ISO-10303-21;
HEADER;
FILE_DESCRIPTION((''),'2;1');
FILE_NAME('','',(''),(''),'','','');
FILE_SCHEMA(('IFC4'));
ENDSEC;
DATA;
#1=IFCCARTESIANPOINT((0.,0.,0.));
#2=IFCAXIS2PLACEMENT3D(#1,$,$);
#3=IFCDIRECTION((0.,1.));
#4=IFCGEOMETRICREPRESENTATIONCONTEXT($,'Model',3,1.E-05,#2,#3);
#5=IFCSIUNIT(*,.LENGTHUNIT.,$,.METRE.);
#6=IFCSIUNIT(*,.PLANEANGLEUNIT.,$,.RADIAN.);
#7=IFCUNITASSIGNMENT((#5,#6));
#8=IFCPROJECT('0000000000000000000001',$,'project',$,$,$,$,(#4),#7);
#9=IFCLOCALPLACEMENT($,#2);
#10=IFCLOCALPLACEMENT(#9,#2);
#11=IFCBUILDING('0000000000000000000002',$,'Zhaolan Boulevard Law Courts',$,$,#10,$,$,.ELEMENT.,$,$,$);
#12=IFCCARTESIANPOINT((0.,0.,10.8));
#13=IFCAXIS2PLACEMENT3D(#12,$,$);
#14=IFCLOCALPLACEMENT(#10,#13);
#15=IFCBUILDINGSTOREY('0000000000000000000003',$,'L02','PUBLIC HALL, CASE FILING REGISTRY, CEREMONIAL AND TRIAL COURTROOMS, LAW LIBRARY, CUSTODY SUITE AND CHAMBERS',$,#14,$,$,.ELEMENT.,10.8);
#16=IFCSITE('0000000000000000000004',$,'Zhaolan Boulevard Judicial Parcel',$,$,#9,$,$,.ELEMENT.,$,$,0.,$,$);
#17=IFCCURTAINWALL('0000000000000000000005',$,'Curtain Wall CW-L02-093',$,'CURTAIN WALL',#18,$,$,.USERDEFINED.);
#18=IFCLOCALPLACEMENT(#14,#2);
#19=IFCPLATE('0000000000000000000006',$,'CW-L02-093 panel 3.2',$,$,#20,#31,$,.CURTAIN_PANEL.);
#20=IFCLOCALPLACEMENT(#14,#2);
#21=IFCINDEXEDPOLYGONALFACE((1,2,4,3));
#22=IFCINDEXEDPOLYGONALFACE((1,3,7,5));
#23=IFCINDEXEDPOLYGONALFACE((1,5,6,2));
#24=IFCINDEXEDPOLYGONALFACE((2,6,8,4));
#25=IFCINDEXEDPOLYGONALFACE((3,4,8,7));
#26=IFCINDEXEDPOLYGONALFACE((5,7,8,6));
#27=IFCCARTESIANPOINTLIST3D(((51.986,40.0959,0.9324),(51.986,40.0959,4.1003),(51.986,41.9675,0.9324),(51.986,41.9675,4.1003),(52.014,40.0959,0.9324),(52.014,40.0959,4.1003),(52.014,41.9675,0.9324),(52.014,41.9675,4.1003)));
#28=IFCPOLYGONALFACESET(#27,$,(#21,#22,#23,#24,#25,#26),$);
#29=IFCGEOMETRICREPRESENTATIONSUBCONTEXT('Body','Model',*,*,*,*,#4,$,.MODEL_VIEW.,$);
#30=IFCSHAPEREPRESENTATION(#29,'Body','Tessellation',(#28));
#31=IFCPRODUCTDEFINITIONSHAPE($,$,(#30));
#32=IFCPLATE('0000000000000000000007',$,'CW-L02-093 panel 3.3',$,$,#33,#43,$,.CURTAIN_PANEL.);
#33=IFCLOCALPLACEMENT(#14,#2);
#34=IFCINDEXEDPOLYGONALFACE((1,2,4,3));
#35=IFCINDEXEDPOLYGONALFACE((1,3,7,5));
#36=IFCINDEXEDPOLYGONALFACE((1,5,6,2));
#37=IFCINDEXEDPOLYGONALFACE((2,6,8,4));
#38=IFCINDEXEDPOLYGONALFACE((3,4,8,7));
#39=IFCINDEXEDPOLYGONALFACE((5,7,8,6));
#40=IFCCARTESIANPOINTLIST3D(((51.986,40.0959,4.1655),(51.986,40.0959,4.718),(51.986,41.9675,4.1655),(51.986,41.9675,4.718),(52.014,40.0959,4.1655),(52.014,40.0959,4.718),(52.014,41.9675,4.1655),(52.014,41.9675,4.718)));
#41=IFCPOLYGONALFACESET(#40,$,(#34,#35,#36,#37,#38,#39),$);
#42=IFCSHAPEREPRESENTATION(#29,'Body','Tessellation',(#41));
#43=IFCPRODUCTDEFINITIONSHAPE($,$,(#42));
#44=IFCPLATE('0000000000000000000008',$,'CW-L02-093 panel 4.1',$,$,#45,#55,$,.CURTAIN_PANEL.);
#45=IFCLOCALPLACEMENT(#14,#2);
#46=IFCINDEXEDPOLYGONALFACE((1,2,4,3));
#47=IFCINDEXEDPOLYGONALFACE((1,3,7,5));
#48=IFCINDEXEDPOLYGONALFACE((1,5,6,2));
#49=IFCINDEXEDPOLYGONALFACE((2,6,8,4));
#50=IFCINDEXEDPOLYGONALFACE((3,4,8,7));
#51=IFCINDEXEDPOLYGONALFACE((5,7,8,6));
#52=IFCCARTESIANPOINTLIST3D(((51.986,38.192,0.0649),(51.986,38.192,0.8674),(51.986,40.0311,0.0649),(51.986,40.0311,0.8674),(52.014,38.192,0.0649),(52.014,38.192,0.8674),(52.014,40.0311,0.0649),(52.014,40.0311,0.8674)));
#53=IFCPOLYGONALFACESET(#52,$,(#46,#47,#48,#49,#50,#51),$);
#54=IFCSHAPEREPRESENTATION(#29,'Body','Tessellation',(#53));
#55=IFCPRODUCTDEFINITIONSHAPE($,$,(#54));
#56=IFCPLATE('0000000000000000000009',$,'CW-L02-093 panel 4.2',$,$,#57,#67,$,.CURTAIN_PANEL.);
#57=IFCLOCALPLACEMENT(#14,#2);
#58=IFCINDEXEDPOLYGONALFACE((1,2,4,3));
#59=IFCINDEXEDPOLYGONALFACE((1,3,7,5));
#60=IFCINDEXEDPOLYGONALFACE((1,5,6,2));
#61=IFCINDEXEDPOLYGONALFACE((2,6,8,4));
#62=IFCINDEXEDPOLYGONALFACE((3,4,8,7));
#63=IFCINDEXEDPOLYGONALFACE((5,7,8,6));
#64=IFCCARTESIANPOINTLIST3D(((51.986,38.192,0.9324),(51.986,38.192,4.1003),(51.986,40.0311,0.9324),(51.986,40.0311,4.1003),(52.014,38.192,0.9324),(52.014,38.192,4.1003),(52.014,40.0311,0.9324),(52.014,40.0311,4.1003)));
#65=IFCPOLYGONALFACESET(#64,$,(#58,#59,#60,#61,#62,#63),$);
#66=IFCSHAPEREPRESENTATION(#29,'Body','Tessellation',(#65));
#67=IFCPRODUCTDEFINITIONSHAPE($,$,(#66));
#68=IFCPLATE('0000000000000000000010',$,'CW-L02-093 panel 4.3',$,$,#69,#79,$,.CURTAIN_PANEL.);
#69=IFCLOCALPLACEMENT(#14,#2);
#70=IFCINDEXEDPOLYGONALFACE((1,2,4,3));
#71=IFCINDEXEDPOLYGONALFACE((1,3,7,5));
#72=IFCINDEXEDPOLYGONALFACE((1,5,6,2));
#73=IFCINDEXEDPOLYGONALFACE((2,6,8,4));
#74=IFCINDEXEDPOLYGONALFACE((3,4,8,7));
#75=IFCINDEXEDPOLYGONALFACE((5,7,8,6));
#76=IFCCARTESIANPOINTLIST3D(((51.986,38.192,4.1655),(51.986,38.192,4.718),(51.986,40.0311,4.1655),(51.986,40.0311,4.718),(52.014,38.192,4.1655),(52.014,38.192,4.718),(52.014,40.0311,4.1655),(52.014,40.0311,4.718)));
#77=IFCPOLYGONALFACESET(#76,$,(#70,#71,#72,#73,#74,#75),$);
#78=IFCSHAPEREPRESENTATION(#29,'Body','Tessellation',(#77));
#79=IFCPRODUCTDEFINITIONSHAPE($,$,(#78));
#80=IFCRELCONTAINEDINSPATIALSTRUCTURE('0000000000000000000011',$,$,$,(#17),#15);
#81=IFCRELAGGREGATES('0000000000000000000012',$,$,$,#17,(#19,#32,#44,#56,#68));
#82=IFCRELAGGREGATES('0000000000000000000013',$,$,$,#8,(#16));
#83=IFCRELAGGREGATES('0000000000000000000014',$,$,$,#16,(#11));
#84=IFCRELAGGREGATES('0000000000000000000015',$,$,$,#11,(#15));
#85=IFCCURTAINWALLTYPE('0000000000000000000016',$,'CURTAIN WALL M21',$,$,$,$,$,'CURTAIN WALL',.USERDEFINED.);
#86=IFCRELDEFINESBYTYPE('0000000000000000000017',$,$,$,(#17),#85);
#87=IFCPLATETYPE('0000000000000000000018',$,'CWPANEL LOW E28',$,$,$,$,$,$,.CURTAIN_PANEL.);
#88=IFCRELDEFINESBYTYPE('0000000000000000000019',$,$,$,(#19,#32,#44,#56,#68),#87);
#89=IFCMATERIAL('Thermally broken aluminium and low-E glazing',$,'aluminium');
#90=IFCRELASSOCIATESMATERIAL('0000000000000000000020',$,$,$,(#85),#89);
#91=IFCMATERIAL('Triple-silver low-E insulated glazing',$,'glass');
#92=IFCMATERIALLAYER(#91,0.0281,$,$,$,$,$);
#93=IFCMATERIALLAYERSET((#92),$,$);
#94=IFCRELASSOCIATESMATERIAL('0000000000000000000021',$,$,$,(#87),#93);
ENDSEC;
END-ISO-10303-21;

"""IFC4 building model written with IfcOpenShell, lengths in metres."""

from ifc_helpers import new_model, si_unit, direction, frame, origin, origin_2d, place, context, subcontext, project, spatial, rectangle, extrude, material, layer, layer_set, type_object, element, aggregate, save


model = new_model("IFC4")

# Units and contexts
model_context = context("Model", 3, precision=1e-05, world=origin(), true_north=direction((0.0, 1.0)))
body_context = subcontext(model_context, "Body", "Model", "MODEL_VIEW")
ifc_project = project(units=[si_unit("LENGTHUNIT", "METRE"), si_unit("PLANEANGLEUNIT", "RADIAN")], contexts=[model_context])

# Site, building, storey
site_placement = place(None, origin())
site = spatial("IfcSite", under=ifc_project, at=site_placement, Name="Zhaolan Boulevard Judicial Parcel", CompositionType="ELEMENT", RefElevation=0.0)
building_placement = place(site_placement, origin())
building = spatial("IfcBuilding", under=site, at=building_placement, Name="Zhaolan Boulevard Law Courts", CompositionType="ELEMENT")
storey_placement = place(building_placement, frame((0.0, 0.0, 10.8)))
storey = spatial("IfcBuildingStorey", under=building, at=storey_placement, Name="L02", Description="PUBLIC HALL, CASE FILING REGISTRY, CEREMONIAL AND TRIAL COURTROOMS, LAW LIBRARY, CUSTODY SUITE AND CHAMBERS", CompositionType="ELEMENT", Elevation=10.8)

# Curtain wall
ifc_material_1 = material(Name="Thermally broken aluminium and low-E glazing", Category="aluminium")
curtain_wall_type_1 = type_object("IfcCurtainWallType", Name="CURTAIN WALL M21", ElementType="CURTAIN WALL", PredefinedType="USERDEFINED", material=ifc_material_1)
curtain_wall_1_placement = place(storey_placement, origin())
curtain_wall_1 = element("IfcCurtainWall", 1, at=curtain_wall_1_placement, inside=storey, type_object=curtain_wall_type_1, Name="Curtain Wall CW-L02-093", ObjectType="CURTAIN WALL", PredefinedType="USERDEFINED")

# Plates
ifc_material_2 = material(Name="Triple-silver low-E insulated glazing", Category="glass")
ifc_layer = layer(ifc_material_2, 0.0281)
ifc_layer_set = layer_set([ifc_layer])
plate_type = type_object("IfcPlateType", Name="CWPANEL LOW E28", PredefinedType="CURTAIN_PANEL", material=ifc_layer_set)
plate_1_placement = place(storey_placement, frame((52.0, 41.0317, 0.9324), z_axis=(0.0, 0.0, 1.0), x_axis=(0.0, -1.0, 0.0)))
plate_1 = element("IfcPlate", 2, at=plate_1_placement, type_object=plate_type, Name="CW-L02-093 panel 3.2", PredefinedType="CURTAIN_PANEL", context=body_context, shape_type="SweptSolid", body=[
    extrude(rectangle(XDim=1.8716, YDim=0.0281, at=origin_2d()), origin(), (0.0, 0.0, 1.0), 3.168),
])
plate_2_placement = place(storey_placement, frame((52.0, 41.0317, 4.1655), z_axis=(0.0, 0.0, 1.0), x_axis=(0.0, -1.0, 0.0)))
plate_2 = element("IfcPlate", 3, at=plate_2_placement, type_object=plate_type, Name="CW-L02-093 panel 3.3", PredefinedType="CURTAIN_PANEL", context=body_context, shape_type="SweptSolid", body=[
    extrude(rectangle(XDim=1.8716, YDim=0.0281, at=origin_2d()), origin(), (0.0, 0.0, 1.0), 0.5525),
])
plate_3_placement = place(storey_placement, frame((52.0, 39.1116, 0.0649), z_axis=(0.0, 0.0, 1.0), x_axis=(0.0, -1.0, 0.0)))
plate_3 = element("IfcPlate", 4, at=plate_3_placement, type_object=plate_type, Name="CW-L02-093 panel 4.1", PredefinedType="CURTAIN_PANEL", context=body_context, shape_type="SweptSolid", body=[
    extrude(rectangle(XDim=1.8391, YDim=0.0281, at=origin_2d()), origin(), (0.0, 0.0, 1.0), 0.8025),
])
plate_4_placement = place(storey_placement, frame((52.0, 39.1116, 0.9324), z_axis=(0.0, 0.0, 1.0), x_axis=(0.0, -1.0, 0.0)))
plate_4 = element("IfcPlate", 5, at=plate_4_placement, type_object=plate_type, Name="CW-L02-093 panel 4.2", PredefinedType="CURTAIN_PANEL", context=body_context, shape_type="SweptSolid", body=[
    extrude(rectangle(XDim=1.8391, YDim=0.0281, at=origin_2d()), origin(), (0.0, 0.0, 1.0), 3.168),
])
plate_5_placement = place(storey_placement, frame((52.0, 39.1116, 4.1655), z_axis=(0.0, 0.0, 1.0), x_axis=(0.0, -1.0, 0.0)))
plate_5 = element("IfcPlate", 6, at=plate_5_placement, type_object=plate_type, Name="CW-L02-093 panel 4.3", PredefinedType="CURTAIN_PANEL", context=body_context, shape_type="SweptSolid", body=[
    extrude(rectangle(XDim=1.8391, YDim=0.0281, at=origin_2d()), origin(), (0.0, 0.0, 1.0), 0.5525),
])
aggregate(curtain_wall_1, [plate_1, plate_2, plate_3, plate_4, plate_5])

save(model, "model.ifc")
